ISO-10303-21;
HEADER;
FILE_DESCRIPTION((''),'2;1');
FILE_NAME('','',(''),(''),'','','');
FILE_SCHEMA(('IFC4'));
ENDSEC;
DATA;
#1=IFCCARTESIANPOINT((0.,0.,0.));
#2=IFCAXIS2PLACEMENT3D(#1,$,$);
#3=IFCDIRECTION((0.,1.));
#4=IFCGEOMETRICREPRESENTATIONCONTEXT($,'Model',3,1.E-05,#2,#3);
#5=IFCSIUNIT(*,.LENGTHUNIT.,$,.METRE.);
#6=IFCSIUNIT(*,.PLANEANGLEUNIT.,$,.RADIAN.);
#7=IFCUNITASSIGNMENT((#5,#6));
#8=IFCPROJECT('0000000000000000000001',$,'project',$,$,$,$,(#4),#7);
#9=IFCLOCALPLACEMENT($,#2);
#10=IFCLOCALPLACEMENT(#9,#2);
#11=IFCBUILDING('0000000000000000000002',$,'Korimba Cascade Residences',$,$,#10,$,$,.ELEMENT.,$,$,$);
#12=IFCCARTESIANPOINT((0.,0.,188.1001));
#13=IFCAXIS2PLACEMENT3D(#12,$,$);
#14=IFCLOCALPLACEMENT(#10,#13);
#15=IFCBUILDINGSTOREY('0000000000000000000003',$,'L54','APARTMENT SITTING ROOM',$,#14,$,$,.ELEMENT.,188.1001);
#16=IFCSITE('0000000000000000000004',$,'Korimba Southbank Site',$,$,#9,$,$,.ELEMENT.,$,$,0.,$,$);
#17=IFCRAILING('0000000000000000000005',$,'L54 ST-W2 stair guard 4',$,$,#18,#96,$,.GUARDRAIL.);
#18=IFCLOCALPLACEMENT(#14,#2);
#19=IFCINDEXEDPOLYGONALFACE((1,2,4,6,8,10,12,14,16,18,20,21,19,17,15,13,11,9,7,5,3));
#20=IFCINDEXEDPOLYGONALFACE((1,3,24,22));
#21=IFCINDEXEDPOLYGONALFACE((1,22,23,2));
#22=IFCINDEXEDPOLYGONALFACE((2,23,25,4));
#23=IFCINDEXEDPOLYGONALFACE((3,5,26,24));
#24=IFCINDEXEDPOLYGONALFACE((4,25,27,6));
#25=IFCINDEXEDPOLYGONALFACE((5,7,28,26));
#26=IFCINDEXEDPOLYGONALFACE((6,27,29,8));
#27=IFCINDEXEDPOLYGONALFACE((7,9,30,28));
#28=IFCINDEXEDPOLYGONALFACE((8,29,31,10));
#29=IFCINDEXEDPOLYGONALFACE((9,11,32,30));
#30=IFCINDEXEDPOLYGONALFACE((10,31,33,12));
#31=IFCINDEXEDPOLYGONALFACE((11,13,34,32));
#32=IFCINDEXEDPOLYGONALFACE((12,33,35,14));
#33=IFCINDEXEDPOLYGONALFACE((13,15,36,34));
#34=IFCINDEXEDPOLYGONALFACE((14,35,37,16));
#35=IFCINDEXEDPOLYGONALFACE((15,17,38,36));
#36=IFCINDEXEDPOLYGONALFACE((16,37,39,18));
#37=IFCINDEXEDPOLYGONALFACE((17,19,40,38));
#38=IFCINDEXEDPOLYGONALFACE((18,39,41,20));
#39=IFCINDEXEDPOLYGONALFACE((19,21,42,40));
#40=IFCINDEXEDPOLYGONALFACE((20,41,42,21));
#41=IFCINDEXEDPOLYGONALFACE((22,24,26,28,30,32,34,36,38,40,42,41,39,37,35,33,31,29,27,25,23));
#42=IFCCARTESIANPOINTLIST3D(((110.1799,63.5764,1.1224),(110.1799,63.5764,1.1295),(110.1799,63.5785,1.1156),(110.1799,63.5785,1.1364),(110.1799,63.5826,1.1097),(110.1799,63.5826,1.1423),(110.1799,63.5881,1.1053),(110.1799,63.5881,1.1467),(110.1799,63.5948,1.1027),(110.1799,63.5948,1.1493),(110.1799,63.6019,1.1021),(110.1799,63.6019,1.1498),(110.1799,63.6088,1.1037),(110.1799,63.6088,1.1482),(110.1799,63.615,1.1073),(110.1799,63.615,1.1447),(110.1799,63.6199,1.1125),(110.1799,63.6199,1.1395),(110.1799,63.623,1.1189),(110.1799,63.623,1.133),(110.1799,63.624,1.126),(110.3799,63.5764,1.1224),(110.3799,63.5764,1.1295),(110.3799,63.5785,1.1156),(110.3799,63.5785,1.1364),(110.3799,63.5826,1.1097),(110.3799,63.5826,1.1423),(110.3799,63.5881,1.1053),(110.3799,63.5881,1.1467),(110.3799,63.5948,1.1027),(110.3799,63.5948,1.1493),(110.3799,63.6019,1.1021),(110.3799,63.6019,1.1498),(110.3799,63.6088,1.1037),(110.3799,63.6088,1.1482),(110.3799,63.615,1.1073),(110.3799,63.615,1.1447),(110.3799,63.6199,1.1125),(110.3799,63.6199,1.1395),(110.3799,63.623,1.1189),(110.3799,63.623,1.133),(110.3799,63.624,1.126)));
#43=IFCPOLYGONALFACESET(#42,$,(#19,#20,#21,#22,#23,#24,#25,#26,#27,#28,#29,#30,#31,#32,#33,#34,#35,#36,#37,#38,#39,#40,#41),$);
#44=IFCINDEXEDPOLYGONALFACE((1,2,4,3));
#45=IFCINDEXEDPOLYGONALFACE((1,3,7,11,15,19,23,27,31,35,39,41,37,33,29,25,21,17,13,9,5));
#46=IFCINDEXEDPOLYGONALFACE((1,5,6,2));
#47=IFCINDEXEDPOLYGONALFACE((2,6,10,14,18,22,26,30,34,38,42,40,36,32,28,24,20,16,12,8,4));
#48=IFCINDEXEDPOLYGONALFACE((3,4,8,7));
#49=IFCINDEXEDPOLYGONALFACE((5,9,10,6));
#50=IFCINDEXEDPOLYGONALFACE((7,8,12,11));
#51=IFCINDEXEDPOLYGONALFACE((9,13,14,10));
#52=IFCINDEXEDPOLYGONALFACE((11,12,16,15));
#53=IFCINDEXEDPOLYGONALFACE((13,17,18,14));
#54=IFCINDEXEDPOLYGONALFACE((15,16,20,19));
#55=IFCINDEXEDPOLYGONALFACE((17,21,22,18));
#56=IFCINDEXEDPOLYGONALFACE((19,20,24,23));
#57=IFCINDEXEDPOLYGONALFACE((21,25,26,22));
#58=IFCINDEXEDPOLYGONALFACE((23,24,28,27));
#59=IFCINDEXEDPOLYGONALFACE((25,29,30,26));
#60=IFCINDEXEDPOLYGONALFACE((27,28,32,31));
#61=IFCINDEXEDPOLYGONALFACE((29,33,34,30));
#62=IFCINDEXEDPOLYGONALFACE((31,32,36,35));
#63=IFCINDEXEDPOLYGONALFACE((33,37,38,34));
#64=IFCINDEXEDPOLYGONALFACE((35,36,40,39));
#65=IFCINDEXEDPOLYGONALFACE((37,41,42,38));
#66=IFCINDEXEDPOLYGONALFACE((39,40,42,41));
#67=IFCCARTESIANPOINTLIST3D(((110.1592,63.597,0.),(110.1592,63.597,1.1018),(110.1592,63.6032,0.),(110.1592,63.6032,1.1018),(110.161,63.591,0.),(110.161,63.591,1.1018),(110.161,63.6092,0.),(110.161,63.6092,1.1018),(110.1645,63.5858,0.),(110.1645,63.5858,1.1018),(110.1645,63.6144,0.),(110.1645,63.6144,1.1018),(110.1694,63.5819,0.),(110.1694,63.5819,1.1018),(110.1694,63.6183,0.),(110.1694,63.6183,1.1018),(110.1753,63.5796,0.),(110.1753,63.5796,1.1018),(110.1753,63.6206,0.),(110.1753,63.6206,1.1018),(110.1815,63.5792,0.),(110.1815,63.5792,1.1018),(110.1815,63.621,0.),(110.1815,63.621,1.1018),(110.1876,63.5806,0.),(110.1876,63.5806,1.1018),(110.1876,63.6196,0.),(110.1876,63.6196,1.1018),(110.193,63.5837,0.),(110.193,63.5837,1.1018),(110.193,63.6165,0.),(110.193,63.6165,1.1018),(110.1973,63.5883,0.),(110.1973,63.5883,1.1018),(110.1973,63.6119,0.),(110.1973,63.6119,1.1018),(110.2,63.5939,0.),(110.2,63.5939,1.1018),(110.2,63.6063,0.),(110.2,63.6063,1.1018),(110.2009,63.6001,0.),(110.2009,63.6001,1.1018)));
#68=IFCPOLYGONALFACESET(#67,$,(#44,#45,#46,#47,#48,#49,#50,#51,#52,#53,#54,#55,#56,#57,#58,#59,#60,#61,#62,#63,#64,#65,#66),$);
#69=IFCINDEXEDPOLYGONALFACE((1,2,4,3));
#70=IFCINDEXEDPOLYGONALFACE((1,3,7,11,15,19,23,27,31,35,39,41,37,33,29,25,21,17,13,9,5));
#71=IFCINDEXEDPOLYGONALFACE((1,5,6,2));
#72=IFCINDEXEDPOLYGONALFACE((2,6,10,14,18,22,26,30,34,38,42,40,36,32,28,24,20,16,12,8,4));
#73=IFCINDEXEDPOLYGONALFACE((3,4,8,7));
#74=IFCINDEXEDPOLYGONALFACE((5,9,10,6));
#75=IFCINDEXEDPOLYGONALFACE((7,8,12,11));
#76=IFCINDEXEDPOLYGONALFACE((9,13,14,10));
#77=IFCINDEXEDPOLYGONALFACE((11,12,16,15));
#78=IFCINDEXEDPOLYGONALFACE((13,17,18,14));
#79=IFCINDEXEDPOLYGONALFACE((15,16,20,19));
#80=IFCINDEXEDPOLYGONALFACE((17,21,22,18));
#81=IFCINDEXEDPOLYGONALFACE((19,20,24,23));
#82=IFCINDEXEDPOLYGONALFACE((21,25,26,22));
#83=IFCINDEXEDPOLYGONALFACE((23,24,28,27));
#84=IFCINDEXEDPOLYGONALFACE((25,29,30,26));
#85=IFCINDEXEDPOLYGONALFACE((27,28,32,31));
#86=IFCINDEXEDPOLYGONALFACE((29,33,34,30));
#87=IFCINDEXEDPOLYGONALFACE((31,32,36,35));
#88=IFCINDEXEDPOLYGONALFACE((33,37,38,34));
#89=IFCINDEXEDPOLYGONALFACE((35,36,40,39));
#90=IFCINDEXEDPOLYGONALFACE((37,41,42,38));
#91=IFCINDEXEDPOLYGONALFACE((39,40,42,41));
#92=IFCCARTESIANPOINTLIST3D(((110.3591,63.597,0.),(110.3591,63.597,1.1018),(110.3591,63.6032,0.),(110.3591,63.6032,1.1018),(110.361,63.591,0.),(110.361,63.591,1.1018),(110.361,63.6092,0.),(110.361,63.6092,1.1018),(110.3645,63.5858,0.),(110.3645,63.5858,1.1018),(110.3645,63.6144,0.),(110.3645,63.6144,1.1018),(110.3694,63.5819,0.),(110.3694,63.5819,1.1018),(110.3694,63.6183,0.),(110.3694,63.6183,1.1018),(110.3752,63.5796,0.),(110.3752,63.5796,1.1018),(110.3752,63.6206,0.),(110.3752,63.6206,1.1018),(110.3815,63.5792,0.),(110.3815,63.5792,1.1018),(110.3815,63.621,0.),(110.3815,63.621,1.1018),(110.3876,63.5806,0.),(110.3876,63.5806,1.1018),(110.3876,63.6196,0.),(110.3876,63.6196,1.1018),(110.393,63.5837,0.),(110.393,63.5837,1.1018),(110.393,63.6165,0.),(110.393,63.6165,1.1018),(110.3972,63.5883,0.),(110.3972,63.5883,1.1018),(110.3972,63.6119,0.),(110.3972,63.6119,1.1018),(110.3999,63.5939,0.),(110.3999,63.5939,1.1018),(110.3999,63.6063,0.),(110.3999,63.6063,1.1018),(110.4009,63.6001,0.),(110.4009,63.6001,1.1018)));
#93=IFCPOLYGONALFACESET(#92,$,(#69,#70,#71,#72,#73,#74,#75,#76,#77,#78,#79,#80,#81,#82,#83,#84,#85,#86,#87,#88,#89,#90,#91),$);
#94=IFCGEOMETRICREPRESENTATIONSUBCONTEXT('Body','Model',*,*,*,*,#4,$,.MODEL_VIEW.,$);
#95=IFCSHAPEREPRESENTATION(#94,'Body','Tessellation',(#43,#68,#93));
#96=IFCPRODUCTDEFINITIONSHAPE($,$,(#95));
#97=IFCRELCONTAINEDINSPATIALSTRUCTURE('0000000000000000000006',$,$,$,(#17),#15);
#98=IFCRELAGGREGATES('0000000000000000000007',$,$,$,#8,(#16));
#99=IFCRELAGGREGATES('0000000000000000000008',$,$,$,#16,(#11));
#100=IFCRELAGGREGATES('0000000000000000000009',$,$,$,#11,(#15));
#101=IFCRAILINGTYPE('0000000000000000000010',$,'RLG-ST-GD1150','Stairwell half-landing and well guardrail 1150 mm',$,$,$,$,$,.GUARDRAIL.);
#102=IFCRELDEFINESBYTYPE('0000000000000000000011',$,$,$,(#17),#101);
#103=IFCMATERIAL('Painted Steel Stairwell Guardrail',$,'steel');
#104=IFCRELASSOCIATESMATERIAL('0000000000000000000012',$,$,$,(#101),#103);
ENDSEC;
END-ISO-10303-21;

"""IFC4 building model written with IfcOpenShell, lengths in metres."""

from ifc_helpers import new_model, si_unit, direction, frame, origin, origin_2d, place, context, subcontext, project, spatial, circle, extrude, material, type_object, element, save


model = new_model("IFC4")

# Units and contexts
model_context = context("Model", 3, precision=1e-05, world=origin(), true_north=direction((0.0, 1.0)))
body_context = subcontext(model_context, "Body", "Model", "MODEL_VIEW")
ifc_project = project(units=[si_unit("LENGTHUNIT", "METRE"), si_unit("PLANEANGLEUNIT", "RADIAN")], contexts=[model_context])

# Site, building, storey
site_placement = place(None, origin())
site = spatial("IfcSite", under=ifc_project, at=site_placement, Name="Korimba Southbank Site", CompositionType="ELEMENT", RefElevation=0.0)
building_placement = place(site_placement, origin())
building = spatial("IfcBuilding", under=site, at=building_placement, Name="Korimba Cascade Residences", CompositionType="ELEMENT")
storey_placement = place(building_placement, frame((0.0, 0.0, 188.1001)))
storey = spatial("IfcBuildingStorey", under=building, at=storey_placement, Name="L54", Description="APARTMENT SITTING ROOM", CompositionType="ELEMENT", Elevation=188.1001)

# Railing
ifc_material_1 = material(Name="Painted Steel Stairwell Guardrail", Category="steel")
railing_type_1 = type_object("IfcRailingType", Name="RLG-ST-GD1150", Description="Stairwell half-landing and well guardrail 1150 mm", PredefinedType="GUARDRAIL", material=ifc_material_1)
railing_1_placement = place(storey_placement, frame((110.1799, 63.6001, 0.0)))
element("IfcRailing", 1, at=railing_1_placement, inside=storey, type_object=railing_type_1, Name="L54 ST-W2 stair guard 4", PredefinedType="GUARDRAIL", context=body_context, shape_type="SweptSolid", body=[
    extrude(circle(Radius=0.0239, at=origin_2d()), frame((0.0, 0.0, 1.126), z_axis=(1.0, 0.0, 0.0), x_axis=(0.0, 1.0, 0.0)), (0.0, 0.0, 1.0), 0.2),
    extrude(circle(Radius=0.021, at=origin_2d()), origin(), (0.0, 0.0, 1.0), 1.1018),
    extrude(circle(Radius=0.021, at=origin_2d()), frame((0.2, 0.0, 0.0)), (0.0, 0.0, 1.0), 1.1018),
])

save(model, "model.ifc")
